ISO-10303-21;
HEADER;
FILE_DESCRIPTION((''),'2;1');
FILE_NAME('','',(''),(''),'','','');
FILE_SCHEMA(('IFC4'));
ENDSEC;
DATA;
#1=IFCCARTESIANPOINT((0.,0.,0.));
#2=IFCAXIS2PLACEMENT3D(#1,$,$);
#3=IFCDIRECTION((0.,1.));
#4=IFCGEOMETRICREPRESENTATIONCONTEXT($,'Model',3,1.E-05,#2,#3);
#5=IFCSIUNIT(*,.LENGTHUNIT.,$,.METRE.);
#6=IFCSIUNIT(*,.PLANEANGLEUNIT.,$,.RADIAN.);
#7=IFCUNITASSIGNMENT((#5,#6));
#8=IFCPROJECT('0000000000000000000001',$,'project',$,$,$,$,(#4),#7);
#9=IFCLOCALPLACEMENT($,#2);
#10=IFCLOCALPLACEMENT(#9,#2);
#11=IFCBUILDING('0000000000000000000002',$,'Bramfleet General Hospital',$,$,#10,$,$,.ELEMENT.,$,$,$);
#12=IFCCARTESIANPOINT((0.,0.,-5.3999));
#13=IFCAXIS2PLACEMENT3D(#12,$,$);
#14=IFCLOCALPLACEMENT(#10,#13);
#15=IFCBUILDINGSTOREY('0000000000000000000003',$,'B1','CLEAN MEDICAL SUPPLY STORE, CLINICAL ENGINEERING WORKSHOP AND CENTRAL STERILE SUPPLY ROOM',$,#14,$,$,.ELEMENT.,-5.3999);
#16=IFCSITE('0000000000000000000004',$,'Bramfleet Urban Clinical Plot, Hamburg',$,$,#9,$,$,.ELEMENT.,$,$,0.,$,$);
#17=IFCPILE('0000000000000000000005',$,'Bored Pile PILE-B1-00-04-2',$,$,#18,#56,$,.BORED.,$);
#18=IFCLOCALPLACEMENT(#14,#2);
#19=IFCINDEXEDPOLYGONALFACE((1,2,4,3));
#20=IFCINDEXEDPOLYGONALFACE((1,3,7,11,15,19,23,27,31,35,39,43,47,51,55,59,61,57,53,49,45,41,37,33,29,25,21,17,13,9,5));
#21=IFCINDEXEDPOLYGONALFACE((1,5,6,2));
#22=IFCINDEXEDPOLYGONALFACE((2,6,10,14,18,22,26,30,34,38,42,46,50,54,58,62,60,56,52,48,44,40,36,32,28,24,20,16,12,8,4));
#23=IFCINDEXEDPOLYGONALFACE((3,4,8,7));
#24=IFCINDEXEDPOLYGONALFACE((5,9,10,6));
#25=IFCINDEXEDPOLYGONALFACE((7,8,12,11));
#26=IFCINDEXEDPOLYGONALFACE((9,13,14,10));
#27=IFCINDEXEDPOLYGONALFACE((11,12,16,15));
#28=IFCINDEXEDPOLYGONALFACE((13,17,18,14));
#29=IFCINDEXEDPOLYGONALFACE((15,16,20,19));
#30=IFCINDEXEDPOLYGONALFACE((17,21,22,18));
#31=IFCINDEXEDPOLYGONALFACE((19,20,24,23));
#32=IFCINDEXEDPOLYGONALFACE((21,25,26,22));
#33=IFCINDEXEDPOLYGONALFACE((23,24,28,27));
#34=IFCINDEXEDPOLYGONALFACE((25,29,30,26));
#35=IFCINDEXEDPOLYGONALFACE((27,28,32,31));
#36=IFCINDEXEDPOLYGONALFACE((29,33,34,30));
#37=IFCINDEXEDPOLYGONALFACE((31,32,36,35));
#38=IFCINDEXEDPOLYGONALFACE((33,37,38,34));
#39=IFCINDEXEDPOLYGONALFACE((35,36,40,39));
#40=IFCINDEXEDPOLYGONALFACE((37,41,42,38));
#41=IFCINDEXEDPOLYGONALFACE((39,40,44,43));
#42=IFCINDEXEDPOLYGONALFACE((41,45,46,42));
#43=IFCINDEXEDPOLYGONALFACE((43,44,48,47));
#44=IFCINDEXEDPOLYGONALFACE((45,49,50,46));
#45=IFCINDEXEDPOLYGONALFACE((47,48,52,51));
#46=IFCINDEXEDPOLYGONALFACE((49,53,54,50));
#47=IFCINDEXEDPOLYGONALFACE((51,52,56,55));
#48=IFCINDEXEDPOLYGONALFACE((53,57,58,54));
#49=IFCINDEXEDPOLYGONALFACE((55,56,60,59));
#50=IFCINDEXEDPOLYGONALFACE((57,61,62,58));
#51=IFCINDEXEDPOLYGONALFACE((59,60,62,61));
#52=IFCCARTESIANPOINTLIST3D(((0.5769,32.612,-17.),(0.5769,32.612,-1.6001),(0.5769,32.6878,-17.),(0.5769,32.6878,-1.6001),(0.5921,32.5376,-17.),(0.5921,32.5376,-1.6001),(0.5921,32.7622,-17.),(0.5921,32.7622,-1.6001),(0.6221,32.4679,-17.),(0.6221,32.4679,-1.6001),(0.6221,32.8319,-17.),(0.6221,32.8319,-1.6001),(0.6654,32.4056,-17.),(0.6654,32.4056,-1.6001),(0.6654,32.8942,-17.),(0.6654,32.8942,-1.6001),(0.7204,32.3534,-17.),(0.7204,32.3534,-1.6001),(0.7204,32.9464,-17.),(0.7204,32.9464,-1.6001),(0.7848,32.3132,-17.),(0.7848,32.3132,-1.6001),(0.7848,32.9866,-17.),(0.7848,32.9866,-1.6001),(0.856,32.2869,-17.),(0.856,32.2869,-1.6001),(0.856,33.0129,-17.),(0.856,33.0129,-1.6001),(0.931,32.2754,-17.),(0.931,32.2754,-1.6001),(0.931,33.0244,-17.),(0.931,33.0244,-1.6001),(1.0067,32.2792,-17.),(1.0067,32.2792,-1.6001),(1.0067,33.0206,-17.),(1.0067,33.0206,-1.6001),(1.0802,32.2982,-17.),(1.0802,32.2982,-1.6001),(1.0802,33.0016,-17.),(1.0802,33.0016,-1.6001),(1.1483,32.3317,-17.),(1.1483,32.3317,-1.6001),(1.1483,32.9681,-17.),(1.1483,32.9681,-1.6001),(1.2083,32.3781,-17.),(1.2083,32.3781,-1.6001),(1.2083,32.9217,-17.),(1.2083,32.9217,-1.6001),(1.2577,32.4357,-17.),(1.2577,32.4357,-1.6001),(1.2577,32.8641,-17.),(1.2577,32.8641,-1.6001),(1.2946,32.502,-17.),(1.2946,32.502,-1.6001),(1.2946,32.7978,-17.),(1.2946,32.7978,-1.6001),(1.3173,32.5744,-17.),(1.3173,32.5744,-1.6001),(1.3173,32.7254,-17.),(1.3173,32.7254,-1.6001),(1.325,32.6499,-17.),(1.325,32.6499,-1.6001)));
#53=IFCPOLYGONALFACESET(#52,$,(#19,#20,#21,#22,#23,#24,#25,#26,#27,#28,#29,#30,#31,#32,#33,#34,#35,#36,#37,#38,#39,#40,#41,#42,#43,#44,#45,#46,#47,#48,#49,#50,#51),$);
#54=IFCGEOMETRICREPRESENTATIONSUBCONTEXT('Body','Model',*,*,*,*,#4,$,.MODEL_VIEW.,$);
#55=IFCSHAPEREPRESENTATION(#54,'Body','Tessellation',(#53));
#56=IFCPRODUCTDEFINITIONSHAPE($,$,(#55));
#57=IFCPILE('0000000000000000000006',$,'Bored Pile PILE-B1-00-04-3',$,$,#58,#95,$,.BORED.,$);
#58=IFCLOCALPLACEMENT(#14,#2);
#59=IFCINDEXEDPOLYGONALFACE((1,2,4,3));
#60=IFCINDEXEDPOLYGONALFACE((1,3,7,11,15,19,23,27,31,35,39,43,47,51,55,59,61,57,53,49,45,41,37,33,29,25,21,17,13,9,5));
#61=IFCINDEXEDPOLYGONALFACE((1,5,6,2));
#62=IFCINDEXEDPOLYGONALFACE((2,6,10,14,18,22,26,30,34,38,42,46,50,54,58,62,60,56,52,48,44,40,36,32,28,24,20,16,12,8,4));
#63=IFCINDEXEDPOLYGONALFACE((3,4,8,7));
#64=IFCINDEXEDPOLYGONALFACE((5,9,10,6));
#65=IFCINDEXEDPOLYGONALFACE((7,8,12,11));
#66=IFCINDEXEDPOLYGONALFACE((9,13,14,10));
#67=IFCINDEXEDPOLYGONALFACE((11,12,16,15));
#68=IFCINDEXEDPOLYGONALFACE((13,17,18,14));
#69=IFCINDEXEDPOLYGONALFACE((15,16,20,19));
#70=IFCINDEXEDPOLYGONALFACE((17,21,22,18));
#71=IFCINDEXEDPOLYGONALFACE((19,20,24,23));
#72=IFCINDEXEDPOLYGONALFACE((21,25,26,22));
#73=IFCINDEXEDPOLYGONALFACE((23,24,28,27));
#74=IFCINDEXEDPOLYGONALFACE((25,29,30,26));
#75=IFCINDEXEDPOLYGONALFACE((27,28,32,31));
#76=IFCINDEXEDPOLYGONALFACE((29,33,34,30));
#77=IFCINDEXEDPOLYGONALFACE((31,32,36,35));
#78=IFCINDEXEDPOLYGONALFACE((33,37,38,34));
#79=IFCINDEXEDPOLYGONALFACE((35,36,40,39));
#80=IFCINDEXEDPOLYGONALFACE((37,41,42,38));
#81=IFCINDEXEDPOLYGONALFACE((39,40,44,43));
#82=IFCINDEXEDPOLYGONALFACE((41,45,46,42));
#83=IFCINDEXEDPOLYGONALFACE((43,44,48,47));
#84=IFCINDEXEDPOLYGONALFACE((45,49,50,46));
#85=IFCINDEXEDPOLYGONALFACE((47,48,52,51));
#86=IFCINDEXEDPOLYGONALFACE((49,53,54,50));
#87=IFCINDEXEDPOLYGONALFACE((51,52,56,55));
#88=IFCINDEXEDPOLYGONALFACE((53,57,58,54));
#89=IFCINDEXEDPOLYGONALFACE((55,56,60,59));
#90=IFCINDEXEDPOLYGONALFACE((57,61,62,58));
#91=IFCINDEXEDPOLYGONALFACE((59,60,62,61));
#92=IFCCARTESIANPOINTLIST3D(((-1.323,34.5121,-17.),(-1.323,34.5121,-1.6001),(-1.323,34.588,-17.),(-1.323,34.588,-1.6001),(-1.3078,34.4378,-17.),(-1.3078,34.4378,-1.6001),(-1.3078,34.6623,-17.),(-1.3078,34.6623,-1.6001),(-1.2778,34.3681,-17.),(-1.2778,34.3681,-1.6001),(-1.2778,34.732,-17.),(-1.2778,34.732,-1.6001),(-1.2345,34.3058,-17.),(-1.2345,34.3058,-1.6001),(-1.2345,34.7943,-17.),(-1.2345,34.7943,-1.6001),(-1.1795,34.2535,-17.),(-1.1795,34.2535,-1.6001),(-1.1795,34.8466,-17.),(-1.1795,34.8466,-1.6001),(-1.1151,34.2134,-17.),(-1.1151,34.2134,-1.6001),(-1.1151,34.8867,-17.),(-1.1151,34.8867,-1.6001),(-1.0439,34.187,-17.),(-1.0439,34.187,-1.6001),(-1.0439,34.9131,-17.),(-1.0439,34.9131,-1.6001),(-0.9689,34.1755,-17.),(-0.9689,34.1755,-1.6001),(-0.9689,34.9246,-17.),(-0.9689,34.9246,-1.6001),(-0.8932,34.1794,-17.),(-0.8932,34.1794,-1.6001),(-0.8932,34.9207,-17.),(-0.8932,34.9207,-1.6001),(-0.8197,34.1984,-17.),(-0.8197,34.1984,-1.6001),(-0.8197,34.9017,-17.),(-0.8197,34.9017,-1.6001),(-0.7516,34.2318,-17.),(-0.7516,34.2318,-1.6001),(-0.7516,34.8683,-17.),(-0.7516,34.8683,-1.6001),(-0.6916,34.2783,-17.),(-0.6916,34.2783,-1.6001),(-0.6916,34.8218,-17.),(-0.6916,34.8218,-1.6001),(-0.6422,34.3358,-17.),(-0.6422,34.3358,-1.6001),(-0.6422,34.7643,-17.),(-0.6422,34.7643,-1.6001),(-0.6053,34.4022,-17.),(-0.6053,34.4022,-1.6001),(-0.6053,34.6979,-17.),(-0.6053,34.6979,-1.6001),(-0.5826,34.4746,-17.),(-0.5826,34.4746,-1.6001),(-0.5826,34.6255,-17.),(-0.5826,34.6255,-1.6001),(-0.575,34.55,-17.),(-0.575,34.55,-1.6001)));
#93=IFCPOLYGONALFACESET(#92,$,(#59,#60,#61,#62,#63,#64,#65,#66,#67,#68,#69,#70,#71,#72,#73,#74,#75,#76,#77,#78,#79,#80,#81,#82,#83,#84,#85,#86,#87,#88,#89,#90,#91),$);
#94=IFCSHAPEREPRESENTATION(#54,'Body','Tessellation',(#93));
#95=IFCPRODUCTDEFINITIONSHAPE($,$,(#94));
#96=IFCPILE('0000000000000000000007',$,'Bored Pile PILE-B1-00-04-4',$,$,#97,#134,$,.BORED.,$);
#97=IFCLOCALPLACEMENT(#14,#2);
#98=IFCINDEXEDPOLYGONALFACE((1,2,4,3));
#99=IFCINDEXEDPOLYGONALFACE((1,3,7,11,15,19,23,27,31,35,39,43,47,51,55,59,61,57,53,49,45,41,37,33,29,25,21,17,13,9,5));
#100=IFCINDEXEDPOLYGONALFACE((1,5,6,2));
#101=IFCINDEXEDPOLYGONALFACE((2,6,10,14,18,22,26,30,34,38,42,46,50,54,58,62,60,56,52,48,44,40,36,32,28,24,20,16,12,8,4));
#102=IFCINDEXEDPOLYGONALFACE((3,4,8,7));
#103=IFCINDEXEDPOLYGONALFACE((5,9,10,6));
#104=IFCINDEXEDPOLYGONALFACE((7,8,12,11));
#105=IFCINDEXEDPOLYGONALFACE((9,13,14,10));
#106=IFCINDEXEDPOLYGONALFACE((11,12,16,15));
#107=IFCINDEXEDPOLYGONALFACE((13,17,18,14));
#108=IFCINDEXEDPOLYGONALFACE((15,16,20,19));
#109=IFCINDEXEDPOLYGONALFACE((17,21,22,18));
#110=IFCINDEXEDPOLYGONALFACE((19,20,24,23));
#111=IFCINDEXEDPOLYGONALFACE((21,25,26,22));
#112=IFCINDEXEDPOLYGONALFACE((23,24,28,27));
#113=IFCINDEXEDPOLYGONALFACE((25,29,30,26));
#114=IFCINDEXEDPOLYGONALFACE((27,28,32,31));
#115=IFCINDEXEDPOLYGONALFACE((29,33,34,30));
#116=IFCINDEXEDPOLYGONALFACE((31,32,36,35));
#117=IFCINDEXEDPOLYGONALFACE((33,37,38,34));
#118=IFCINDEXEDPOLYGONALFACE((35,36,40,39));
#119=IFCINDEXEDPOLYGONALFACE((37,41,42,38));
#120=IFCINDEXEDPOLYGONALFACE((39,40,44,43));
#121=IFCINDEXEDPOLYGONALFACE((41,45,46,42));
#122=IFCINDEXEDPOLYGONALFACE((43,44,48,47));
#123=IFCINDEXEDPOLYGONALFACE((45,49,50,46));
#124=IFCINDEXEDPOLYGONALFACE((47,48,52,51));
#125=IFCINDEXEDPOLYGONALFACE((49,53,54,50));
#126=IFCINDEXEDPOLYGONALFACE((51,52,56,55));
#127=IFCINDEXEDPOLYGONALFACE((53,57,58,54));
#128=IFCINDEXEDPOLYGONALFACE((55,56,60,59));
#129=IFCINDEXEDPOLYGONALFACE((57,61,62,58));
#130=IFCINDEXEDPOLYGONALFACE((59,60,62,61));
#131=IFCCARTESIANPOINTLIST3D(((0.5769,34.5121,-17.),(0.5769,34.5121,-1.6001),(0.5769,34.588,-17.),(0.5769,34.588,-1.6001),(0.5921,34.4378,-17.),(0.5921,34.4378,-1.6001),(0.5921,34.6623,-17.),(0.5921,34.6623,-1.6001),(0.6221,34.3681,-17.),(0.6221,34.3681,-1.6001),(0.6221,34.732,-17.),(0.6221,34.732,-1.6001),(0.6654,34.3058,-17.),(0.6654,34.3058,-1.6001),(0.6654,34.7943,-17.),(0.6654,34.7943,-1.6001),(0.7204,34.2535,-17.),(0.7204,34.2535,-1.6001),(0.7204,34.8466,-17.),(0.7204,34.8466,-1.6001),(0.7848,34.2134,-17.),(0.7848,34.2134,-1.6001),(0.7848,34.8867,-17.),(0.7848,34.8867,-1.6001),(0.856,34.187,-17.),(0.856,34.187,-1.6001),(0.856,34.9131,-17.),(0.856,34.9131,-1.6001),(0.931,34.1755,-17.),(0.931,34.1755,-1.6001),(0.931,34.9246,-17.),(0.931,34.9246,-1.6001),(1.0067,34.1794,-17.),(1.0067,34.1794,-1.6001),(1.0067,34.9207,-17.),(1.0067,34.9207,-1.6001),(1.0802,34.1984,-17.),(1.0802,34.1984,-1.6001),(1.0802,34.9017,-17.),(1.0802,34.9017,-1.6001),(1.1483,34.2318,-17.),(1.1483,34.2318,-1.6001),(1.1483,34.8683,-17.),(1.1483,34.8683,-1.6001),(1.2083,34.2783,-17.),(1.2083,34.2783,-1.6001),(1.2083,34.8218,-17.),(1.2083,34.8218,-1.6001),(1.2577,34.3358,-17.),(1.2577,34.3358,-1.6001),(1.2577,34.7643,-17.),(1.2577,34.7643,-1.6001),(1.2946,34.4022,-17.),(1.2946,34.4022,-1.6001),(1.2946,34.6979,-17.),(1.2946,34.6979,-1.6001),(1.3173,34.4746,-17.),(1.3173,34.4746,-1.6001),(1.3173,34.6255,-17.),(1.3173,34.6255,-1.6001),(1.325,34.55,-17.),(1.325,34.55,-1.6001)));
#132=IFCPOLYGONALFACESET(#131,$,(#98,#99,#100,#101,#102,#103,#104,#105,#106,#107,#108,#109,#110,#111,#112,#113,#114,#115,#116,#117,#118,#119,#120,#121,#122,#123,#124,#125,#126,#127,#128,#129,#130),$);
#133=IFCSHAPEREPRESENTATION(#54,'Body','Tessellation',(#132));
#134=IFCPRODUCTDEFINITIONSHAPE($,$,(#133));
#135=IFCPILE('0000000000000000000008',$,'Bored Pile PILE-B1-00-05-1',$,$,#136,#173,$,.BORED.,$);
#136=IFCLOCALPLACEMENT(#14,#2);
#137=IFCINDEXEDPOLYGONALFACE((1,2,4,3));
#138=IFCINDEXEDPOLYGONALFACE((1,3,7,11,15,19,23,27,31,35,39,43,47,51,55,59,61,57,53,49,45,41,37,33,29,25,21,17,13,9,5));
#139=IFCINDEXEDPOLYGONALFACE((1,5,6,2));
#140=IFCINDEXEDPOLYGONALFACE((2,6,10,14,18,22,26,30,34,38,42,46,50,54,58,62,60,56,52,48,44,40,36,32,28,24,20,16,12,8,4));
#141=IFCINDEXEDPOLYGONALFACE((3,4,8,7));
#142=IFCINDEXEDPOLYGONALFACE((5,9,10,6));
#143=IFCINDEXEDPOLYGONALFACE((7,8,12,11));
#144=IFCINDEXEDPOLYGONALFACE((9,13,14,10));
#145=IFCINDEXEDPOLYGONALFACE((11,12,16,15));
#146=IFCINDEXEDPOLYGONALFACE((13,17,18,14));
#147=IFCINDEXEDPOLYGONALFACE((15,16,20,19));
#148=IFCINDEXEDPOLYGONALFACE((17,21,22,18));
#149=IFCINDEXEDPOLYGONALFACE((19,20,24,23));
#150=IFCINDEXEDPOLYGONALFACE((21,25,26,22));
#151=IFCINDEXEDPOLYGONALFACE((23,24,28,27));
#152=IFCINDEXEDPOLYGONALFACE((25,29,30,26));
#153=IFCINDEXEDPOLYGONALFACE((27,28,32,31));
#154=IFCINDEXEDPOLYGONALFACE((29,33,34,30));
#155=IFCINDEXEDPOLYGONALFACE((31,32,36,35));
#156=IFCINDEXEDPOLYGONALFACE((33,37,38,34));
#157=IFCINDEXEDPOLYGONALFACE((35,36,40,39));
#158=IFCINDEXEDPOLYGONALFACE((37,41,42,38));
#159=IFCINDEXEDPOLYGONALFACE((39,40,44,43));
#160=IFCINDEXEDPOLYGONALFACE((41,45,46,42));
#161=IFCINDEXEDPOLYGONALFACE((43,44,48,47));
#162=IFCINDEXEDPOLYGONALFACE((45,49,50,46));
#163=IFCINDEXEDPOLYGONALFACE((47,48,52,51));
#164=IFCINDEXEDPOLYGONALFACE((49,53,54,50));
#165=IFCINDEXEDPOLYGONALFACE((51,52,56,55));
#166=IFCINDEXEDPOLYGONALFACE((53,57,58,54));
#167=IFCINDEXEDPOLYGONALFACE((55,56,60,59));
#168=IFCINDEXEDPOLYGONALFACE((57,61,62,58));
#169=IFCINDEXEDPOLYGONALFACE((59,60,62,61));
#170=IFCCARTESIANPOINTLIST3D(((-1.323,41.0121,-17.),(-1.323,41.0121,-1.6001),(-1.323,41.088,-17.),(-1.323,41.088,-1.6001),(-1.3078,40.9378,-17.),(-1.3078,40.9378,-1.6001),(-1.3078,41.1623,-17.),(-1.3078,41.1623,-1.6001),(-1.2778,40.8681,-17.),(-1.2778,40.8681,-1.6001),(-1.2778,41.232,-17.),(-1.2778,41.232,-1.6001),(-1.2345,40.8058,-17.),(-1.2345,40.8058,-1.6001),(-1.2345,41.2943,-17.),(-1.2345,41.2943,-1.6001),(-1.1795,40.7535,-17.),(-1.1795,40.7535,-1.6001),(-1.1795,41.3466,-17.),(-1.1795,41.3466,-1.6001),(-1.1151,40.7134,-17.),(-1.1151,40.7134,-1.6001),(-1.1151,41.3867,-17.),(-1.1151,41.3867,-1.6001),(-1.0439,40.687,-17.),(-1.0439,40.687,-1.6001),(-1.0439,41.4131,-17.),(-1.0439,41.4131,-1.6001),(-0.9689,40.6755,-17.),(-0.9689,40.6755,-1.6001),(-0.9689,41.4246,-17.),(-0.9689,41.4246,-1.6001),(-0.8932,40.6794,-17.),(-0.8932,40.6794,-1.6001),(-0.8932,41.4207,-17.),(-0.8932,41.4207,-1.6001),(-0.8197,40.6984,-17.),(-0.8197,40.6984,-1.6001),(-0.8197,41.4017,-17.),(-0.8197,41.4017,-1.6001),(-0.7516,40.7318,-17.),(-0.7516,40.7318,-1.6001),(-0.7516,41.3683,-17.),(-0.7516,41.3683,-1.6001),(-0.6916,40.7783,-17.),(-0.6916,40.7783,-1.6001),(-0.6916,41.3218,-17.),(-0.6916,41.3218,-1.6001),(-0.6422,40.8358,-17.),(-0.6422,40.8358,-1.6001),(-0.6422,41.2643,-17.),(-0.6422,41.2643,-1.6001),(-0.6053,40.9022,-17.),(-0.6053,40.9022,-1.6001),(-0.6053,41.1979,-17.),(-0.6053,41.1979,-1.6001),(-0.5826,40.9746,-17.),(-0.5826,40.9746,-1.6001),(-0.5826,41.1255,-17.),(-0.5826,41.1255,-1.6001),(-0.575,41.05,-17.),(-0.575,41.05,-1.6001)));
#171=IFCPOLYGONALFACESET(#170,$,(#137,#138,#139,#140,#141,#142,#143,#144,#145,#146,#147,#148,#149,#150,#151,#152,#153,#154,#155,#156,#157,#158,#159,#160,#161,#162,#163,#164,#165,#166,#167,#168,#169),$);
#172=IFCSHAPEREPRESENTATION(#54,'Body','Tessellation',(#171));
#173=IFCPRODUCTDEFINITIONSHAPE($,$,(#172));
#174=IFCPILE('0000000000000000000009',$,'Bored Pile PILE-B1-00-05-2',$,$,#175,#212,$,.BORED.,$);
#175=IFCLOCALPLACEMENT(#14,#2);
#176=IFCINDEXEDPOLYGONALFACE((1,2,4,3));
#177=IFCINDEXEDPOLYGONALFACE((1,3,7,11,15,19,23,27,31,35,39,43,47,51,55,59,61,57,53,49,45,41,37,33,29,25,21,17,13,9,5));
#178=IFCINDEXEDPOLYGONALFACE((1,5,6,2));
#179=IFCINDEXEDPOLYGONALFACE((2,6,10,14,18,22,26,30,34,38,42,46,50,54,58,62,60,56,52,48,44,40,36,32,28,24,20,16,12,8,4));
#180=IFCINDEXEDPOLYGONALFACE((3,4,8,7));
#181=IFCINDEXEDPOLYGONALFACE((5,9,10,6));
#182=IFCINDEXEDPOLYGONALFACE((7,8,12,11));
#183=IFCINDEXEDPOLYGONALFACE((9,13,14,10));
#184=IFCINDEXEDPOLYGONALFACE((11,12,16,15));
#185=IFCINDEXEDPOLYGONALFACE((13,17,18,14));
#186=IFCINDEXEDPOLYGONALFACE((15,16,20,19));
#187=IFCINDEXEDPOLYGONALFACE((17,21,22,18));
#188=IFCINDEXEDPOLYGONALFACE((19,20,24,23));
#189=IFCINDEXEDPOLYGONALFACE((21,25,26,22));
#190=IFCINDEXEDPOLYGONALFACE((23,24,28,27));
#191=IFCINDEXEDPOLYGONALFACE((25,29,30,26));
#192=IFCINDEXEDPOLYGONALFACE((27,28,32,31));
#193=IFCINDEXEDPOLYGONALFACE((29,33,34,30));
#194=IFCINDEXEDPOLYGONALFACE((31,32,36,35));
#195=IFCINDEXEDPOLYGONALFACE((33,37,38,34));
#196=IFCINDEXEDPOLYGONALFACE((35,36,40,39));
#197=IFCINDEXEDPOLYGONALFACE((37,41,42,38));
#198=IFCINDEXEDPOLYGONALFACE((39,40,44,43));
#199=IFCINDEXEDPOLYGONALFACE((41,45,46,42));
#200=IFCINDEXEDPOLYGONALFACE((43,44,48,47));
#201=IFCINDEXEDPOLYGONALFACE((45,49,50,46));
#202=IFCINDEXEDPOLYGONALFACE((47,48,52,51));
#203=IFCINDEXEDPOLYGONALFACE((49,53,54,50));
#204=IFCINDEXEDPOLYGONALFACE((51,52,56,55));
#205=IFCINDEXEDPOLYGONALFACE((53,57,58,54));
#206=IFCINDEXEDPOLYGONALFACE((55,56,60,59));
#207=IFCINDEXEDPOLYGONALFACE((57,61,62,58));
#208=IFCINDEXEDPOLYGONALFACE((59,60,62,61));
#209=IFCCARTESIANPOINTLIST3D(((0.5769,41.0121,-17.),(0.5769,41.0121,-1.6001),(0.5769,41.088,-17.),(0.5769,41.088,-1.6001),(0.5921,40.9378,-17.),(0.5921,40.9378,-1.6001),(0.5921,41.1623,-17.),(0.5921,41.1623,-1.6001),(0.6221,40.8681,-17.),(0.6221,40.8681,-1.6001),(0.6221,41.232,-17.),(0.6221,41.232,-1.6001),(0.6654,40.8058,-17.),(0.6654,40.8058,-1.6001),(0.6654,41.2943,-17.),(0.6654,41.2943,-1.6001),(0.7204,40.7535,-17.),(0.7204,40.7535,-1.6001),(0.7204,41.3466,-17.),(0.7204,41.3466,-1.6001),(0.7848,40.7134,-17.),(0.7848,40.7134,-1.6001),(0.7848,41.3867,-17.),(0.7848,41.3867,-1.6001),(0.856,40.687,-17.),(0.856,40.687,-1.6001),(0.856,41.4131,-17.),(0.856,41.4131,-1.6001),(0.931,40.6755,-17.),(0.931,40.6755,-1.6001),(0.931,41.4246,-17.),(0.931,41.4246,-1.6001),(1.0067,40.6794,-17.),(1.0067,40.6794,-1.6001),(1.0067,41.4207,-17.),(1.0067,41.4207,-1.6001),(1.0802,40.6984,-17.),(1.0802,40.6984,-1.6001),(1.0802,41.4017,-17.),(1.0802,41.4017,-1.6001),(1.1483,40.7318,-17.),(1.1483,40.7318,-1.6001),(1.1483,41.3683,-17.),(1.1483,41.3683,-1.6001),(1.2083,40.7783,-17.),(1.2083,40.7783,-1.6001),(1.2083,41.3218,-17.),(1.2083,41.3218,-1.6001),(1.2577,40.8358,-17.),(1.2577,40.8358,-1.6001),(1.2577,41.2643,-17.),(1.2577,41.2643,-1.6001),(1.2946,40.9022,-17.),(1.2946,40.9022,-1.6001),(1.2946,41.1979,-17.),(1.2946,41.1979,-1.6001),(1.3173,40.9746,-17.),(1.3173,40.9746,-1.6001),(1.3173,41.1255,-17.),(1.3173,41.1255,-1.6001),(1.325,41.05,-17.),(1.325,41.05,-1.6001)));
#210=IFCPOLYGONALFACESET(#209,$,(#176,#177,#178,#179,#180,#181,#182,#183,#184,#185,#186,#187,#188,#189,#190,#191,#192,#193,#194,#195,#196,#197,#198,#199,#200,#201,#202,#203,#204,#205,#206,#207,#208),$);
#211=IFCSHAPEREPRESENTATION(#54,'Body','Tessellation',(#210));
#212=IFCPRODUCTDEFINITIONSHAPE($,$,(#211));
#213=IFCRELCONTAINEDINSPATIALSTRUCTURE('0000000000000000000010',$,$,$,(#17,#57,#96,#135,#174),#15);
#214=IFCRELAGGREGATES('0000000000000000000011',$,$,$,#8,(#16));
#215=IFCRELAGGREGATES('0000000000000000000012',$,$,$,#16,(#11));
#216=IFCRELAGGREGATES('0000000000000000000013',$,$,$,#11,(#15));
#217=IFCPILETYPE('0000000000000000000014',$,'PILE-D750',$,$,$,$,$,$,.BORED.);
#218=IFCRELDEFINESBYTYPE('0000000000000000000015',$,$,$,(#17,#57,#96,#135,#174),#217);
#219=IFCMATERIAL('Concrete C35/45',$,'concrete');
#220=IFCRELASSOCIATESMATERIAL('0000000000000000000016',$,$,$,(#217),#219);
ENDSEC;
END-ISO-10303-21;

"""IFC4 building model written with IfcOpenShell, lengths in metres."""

from ifc_helpers import new_model, si_unit, direction, frame, origin, origin_2d, place, context, subcontext, project, spatial, circle, extrude, material, material_profile, profile_set, type_object, element, save


model = new_model("IFC4")

# Units and contexts
model_context = context("Model", 3, precision=1e-05, world=origin(), true_north=direction((0.0, 1.0)))
body_context = subcontext(model_context, "Body", "Model", "MODEL_VIEW")
ifc_project = project(units=[si_unit("LENGTHUNIT", "METRE"), si_unit("PLANEANGLEUNIT", "RADIAN")], contexts=[model_context])

# Site, building, storey
site_placement = place(None, origin())
site = spatial("IfcSite", under=ifc_project, at=site_placement, Name="Bramfleet Urban Clinical Plot, Hamburg", CompositionType="ELEMENT", RefElevation=0.0)
building_placement = place(site_placement, origin())
building = spatial("IfcBuilding", under=site, at=building_placement, Name="Bramfleet General Hospital", CompositionType="ELEMENT")
storey_placement = place(building_placement, frame((0.0, 0.0, -5.3999)))
storey = spatial("IfcBuildingStorey", under=building, at=storey_placement, Name="B1", Description="CLEAN MEDICAL SUPPLY STORE, CLINICAL ENGINEERING WORKSHOP AND CENTRAL STERILE SUPPLY ROOM", CompositionType="ELEMENT", Elevation=-5.3999)

# Shared definitions
ifc_material_1 = material(Name="Concrete C35/45", Category="concrete")

# Piles
ifc_material_profile_1 = material_profile(ifc_material_1, circle(Radius=0.375, at=origin_2d()), Name="PILE BORED D750")
ifc_profile_set_1 = profile_set([ifc_material_profile_1], Name="Concrete C35/45")
pile_type = type_object("IfcPileType", Name="PILE-D750", PredefinedType="BORED", material=ifc_profile_set_1)
for number, where, z_axis, x_axis, name in (
    (1, (0.95, 32.6499, -1.6001), (0.0, 0.0, -1.0), (1.0, 0.0, 0.0), "Bored Pile PILE-B1-00-04-2"),
    (2, (-0.95, 34.55, -1.6001), (0.0, 0.0, -1.0), (1.0, 0.0, 0.0), "Bored Pile PILE-B1-00-04-3"),
    (3, (0.95, 34.55, -1.6001), (0.0, 0.0, -1.0), (1.0, 0.0, 0.0), "Bored Pile PILE-B1-00-04-4"),
    (4, (-0.95, 41.05, -1.6001), (0.0, 0.0, -1.0), (1.0, 0.0, 0.0), "Bored Pile PILE-B1-00-05-1"),
    (5, (0.95, 41.05, -1.6001), (0.0, 0.0, -1.0), (1.0, 0.0, 0.0), "Bored Pile PILE-B1-00-05-2"),
):
    element("IfcPile", number, at=place(storey_placement, frame(where, z_axis=z_axis, x_axis=x_axis)), inside=storey, type_object=pile_type, Name=name, PredefinedType="BORED", context=body_context, shape_type="SweptSolid", body=[
        extrude(circle(Radius=0.375, at=origin_2d()), origin(), (0.0, 0.0, 1.0), 15.3999),
    ])

save(model, "model.ifc")
